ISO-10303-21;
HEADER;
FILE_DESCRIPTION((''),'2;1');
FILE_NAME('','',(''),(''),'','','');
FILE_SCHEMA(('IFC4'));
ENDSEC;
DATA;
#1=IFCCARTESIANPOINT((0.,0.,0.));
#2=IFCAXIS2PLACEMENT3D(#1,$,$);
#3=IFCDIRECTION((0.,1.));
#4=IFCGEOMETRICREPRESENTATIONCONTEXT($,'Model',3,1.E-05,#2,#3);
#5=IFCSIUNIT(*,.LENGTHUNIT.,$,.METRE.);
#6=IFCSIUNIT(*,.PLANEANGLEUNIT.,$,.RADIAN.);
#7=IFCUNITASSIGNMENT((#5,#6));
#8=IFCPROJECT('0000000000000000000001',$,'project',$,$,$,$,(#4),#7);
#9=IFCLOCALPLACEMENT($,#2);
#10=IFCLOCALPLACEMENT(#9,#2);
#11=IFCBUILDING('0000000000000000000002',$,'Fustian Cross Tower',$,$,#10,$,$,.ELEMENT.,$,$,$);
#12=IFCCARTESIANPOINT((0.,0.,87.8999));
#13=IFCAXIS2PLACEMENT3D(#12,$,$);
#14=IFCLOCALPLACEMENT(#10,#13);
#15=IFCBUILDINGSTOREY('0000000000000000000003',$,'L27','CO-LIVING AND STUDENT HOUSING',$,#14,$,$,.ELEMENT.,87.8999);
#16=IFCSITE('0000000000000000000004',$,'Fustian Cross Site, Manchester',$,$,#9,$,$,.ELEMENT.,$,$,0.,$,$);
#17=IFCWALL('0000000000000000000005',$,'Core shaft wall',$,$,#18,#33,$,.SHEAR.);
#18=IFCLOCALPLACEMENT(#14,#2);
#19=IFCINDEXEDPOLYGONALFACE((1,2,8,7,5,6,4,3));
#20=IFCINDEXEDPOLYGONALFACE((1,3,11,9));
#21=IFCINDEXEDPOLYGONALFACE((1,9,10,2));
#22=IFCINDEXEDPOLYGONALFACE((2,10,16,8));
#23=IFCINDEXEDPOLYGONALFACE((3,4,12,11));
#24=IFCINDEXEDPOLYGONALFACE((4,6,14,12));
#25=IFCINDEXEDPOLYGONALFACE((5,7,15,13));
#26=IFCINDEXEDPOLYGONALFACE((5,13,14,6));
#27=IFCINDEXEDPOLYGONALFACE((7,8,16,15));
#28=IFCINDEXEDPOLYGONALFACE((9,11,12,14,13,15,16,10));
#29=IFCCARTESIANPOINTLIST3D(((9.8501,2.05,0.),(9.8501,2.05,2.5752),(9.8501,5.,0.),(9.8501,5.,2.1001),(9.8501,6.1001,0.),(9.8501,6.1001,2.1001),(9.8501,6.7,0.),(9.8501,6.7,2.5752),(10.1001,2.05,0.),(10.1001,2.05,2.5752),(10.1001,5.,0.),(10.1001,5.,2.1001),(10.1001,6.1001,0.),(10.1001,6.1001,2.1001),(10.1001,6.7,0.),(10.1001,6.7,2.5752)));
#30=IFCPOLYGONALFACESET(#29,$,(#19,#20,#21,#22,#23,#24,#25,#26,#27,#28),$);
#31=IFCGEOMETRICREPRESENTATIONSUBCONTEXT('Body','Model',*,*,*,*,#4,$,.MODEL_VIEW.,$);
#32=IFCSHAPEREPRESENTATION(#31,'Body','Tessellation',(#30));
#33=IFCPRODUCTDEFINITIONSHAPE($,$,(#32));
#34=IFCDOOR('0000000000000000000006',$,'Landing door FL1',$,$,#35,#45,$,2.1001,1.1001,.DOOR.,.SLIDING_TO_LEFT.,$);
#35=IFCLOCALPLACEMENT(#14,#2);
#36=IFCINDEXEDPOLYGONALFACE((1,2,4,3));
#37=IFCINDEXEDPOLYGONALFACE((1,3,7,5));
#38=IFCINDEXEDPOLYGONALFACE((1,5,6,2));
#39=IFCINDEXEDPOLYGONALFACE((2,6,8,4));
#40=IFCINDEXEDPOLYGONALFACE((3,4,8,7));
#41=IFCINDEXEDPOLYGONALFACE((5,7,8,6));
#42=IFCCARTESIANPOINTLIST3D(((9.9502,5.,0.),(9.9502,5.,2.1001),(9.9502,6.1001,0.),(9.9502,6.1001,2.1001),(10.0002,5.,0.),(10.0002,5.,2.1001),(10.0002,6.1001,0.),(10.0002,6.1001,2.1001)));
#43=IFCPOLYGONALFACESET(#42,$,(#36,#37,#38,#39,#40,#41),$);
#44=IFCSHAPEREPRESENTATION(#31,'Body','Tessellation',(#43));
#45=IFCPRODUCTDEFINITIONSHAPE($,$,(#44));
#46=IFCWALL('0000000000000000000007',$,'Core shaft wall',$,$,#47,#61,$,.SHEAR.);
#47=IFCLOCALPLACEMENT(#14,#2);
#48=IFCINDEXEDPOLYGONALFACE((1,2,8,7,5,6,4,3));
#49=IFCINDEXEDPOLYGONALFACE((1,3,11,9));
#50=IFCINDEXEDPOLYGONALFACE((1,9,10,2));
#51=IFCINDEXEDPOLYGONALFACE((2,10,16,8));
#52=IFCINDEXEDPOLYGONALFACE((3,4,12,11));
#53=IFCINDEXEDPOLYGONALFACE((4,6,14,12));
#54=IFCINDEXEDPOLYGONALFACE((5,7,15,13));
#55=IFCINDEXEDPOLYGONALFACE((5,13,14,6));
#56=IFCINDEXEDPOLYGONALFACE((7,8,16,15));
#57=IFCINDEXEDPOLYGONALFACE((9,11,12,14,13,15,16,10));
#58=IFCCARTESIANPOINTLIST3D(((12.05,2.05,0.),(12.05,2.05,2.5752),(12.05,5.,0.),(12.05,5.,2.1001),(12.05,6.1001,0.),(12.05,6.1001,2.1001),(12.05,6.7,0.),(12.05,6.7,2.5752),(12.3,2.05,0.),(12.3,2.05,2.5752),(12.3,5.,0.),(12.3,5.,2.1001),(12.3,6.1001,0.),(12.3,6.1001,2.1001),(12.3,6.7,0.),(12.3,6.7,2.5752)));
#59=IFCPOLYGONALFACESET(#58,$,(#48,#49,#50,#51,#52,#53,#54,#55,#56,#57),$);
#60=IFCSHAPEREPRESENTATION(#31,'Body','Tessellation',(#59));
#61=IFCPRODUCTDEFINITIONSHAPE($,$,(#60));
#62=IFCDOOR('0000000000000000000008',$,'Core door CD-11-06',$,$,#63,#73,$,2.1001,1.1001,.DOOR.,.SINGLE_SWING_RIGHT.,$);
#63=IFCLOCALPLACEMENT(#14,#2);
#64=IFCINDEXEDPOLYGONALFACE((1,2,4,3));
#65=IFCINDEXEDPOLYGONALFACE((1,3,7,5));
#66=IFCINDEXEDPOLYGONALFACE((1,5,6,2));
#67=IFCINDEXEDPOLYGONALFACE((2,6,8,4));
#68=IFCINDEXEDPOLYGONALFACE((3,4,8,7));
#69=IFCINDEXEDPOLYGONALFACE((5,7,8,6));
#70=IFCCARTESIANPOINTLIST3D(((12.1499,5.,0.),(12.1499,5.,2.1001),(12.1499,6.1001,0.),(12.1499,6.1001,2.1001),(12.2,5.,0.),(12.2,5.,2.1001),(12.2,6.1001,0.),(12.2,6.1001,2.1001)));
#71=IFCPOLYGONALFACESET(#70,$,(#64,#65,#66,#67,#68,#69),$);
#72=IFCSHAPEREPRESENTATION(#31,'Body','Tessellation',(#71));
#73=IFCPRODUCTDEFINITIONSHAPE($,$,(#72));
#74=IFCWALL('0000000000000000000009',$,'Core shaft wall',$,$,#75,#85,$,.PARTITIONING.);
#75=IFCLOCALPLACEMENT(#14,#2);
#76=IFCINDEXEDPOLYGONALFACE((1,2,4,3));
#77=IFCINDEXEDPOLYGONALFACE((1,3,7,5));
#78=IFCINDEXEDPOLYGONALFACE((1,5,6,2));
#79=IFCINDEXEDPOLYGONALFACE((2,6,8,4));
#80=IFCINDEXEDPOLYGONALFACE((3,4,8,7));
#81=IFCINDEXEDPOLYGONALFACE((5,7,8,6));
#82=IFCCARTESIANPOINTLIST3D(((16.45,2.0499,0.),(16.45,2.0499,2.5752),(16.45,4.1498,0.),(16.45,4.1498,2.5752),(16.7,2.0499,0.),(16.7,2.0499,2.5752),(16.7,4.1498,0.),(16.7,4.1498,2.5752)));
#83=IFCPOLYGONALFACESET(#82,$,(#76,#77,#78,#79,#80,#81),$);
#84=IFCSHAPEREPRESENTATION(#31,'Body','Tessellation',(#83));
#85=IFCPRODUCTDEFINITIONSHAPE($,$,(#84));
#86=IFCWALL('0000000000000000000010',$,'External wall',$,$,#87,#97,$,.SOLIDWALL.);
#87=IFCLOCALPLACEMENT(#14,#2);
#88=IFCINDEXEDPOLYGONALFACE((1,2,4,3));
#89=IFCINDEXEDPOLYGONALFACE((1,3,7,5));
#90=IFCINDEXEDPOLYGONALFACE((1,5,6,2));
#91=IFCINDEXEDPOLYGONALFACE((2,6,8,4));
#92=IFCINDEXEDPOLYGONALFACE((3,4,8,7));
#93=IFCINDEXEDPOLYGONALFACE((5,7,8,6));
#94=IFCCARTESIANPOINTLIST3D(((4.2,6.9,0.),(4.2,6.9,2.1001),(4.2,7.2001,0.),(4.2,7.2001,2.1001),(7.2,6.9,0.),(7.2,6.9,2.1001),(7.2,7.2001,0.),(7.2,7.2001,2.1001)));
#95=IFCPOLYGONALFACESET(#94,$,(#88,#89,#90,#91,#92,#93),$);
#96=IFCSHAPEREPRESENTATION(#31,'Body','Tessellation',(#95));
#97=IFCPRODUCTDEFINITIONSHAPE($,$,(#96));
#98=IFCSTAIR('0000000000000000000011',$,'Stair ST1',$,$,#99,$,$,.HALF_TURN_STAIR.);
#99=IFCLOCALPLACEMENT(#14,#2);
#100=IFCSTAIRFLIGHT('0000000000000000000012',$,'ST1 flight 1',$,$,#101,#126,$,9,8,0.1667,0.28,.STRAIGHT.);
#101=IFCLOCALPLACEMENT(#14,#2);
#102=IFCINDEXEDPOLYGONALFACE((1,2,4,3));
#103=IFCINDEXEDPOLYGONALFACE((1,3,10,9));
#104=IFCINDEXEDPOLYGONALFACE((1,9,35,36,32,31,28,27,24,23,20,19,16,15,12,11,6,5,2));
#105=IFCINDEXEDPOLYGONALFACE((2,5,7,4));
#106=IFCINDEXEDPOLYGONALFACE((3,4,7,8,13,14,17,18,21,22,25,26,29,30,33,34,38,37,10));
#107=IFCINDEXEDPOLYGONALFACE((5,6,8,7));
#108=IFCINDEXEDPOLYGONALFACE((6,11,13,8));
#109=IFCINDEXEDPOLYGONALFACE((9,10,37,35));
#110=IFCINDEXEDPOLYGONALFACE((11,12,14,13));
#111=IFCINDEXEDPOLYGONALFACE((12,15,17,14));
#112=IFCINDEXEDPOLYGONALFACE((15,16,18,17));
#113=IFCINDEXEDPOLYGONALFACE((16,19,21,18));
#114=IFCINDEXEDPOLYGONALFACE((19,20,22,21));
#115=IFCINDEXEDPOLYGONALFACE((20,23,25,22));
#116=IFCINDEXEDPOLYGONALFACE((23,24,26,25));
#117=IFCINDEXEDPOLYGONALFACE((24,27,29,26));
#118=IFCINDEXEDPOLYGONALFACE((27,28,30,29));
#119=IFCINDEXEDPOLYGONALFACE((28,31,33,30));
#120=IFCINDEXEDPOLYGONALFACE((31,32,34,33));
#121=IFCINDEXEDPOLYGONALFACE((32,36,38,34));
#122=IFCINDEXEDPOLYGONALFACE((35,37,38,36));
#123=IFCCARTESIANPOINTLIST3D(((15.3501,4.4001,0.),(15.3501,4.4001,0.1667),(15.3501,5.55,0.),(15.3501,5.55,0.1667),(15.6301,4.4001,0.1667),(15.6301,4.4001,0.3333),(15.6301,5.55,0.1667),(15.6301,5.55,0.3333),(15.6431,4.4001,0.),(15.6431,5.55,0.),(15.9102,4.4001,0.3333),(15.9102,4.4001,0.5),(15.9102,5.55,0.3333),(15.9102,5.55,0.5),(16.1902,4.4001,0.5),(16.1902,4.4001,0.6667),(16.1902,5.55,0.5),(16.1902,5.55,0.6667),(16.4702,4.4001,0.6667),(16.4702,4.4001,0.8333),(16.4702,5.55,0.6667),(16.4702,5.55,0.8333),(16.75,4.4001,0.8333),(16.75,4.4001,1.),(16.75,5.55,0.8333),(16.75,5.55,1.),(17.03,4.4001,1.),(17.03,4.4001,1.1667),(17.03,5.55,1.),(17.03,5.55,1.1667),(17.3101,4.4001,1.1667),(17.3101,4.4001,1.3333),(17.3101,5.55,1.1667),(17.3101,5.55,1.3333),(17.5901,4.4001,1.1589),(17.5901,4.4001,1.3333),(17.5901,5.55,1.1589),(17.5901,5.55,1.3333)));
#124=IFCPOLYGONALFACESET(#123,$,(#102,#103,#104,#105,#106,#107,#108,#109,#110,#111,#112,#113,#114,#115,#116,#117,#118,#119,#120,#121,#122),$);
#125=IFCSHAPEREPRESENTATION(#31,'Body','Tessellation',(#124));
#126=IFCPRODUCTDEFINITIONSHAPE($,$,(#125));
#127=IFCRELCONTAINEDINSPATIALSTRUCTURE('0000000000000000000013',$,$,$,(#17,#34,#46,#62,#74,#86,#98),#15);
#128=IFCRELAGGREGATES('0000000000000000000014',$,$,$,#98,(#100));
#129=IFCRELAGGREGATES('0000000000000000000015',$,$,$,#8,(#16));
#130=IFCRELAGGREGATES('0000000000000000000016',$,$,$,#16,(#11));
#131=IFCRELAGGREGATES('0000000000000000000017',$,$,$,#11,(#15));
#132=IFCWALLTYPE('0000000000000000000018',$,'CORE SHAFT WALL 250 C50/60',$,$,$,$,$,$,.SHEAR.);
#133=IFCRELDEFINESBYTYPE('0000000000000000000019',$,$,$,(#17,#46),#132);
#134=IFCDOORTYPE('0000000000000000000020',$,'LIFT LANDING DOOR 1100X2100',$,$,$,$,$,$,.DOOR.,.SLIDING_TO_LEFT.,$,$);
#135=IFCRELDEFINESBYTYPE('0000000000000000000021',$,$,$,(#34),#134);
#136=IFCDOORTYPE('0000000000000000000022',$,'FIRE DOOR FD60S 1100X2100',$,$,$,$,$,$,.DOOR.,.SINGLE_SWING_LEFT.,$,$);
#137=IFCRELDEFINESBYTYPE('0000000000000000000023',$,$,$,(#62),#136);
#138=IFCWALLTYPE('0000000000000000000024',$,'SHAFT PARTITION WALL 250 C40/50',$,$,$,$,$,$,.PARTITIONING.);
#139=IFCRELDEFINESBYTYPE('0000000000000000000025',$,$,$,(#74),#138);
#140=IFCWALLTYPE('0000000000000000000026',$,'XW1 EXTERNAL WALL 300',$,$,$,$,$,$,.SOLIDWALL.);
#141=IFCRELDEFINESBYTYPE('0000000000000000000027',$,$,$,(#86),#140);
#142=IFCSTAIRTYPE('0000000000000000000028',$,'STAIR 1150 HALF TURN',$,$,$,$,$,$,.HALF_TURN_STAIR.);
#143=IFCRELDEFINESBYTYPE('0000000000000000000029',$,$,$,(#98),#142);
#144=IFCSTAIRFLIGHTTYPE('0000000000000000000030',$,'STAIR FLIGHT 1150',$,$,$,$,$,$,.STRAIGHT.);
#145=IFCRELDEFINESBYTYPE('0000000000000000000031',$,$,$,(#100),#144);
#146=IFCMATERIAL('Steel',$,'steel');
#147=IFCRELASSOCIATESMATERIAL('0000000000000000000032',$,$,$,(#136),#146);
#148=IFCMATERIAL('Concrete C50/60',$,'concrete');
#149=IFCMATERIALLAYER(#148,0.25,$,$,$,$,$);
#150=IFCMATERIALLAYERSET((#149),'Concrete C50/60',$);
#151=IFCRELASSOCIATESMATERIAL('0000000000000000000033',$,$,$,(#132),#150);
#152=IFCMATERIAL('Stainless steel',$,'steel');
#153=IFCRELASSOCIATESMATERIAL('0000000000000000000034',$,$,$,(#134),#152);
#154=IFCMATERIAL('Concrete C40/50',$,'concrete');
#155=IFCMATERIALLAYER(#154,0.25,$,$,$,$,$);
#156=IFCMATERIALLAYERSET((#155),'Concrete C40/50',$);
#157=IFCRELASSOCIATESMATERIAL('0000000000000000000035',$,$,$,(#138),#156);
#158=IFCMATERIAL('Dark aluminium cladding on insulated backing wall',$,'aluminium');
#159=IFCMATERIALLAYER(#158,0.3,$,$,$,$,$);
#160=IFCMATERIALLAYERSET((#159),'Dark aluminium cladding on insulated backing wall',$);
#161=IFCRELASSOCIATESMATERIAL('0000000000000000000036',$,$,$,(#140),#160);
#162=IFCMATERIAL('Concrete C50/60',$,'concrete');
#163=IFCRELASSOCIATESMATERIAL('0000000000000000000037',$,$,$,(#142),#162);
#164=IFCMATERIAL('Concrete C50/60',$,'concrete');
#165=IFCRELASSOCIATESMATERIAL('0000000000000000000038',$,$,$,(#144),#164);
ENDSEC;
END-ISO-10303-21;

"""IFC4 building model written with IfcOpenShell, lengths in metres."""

from ifc_helpers import new_model, si_unit, direction, frame, frame_2d, origin, place, context, subcontext, project, spatial, polyline, rectangle, outline, extrude, material, layer, layer_set, type_object, element, fill, aggregate, save


model = new_model("IFC4")

# Units and contexts
model_context = context("Model", 3, precision=1e-05, world=origin(), true_north=direction((0.0, 1.0)))
body_context = subcontext(model_context, "Body", "Model", "MODEL_VIEW")
ifc_project = project(units=[si_unit("LENGTHUNIT", "METRE"), si_unit("PLANEANGLEUNIT", "RADIAN")], contexts=[model_context])

# Site, building, storey
site_placement = place(None, origin())
site = spatial("IfcSite", under=ifc_project, at=site_placement, Name="Fustian Cross Site, Manchester", CompositionType="ELEMENT", RefElevation=0.0)
building_placement = place(site_placement, origin())
building = spatial("IfcBuilding", under=site, at=building_placement, Name="Fustian Cross Tower", CompositionType="ELEMENT")
storey_placement = place(building_placement, frame((0.0, 0.0, 87.8999)))
storey = spatial("IfcBuildingStorey", under=building, at=storey_placement, Name="L27", Description="CO-LIVING AND STUDENT HOUSING", CompositionType="ELEMENT", Elevation=87.8999)

# Shared definitions
ifc_material_1 = material(Name="Steel", Category="steel")
door_type_1 = type_object("IfcDoorType", Name="FIRE DOOR FD60S 1100X2100", OperationType="SINGLE_SWING_LEFT", PredefinedType="DOOR", material=ifc_material_1)

# Shared definitions
ifc_material_2 = material(Name="Concrete C50/60", Category="concrete")
ifc_layer_1 = layer(ifc_material_2, 0.25)
ifc_layer_set_1 = layer_set([ifc_layer_1], Name="Concrete C50/60")
wall_type_1 = type_object("IfcWallType", Name="CORE SHAFT WALL 250 C50/60", PredefinedType="SHEAR", material=ifc_layer_set_1)

# Walls, openings, doors
wall_1_placement = place(storey_placement, frame((9.9751, 2.05, 0.0), z_axis=(0.0, 0.0, 1.0), x_axis=(0.0, 1.0, 0.0)))
wall_1 = element("IfcWall", 1, at=wall_1_placement, inside=storey, type_object=wall_type_1, Name="Core shaft wall", PredefinedType="SHEAR", context=body_context, shape_type="SweptSolid", body=[
    extrude(rectangle(XDim=4.6499, YDim=0.25, at=frame_2d((2.325, 0.0))), origin(), (0.0, 0.0, 1.0), 2.5752),
])
opening_1_placement = place(wall_1_placement, frame((2.95, 0.0, 0.0)))
opening_1 = element("IfcOpeningElement", 2, at=opening_1_placement, cuts=wall_1, PredefinedType="OPENING", context=body_context, shape_type="SweptSolid", body=[
    extrude(rectangle(XDim=1.1001, YDim=2.1001, at=frame_2d((0.55, 1.05))), frame((0.0, 0.135, 0.0), z_axis=(0.0, -1.0, 0.0), x_axis=(1.0, 0.0, 0.0)), (0.0, 0.0, 1.0), 0.27),
])
ifc_material_3 = material(Name="Stainless steel", Category="steel")
door_type_2 = type_object("IfcDoorType", Name="LIFT LANDING DOOR 1100X2100", OperationType="SLIDING_TO_LEFT", PredefinedType="DOOR", material=ifc_material_3)
door_1_placement = place(opening_1_placement, origin())
door_1 = element("IfcDoor", 3, at=door_1_placement, inside=storey, type_object=door_type_2, Name="Landing door FL1", OperationType="SLIDING_TO_LEFT", OverallHeight=2.1001, OverallWidth=1.1001, PredefinedType="DOOR", context=body_context, shape_type="SweptSolid", body=[
    extrude(rectangle(XDim=1.1001, YDim=2.1001, at=frame_2d((0.55, 1.05))), frame((0.0, 0.0249, 0.0), z_axis=(0.0, -1.0, 0.0), x_axis=(1.0, 0.0, 0.0)), (0.0, 0.0, 1.0), 0.05),
])
fill(opening_1, door_1)
wall_2_placement = place(storey_placement, frame((12.175, 2.05, 0.0), z_axis=(0.0, 0.0, 1.0), x_axis=(0.0, 1.0, 0.0)))
wall_2 = element("IfcWall", 4, at=wall_2_placement, inside=storey, type_object=wall_type_1, Name="Core shaft wall", PredefinedType="SHEAR", context=body_context, shape_type="SweptSolid", body=[
    extrude(rectangle(XDim=4.6499, YDim=0.25, at=frame_2d((2.325, 0.0))), origin(), (0.0, 0.0, 1.0), 2.5752),
])
opening_2_placement = place(wall_2_placement, frame((2.95, 0.0, 0.0)))
opening_2 = element("IfcOpeningElement", 5, at=opening_2_placement, cuts=wall_2, PredefinedType="OPENING", context=body_context, shape_type="SweptSolid", body=[
    extrude(rectangle(XDim=1.1001, YDim=2.1001, at=frame_2d((0.55, 1.05))), frame((0.0, 0.135, 0.0), z_axis=(0.0, -1.0, 0.0), x_axis=(1.0, 0.0, 0.0)), (0.0, 0.0, 1.0), 0.27),
])
door_2_placement = place(opening_2_placement, frame((1.1001, 0.0, 0.0), z_axis=(0.0, 0.0, 1.0), x_axis=(-1.0, 0.0, 0.0)))
door_2 = element("IfcDoor", 6, at=door_2_placement, inside=storey, type_object=door_type_1, Name="Core door CD-11-06", OperationType="SINGLE_SWING_RIGHT", OverallHeight=2.1001, OverallWidth=1.1001, PredefinedType="DOOR", context=body_context, shape_type="SweptSolid", body=[
    extrude(rectangle(XDim=1.1001, YDim=2.1001, at=frame_2d((0.55, 1.05))), frame((0.0, 0.0249, 0.0), z_axis=(0.0, -1.0, 0.0), x_axis=(1.0, 0.0, 0.0)), (0.0, 0.0, 1.0), 0.05),
])
fill(opening_2, door_2)

# Walls
ifc_material_4 = material(Name="Concrete C40/50", Category="concrete")
ifc_layer_2 = layer(ifc_material_4, 0.25)
ifc_layer_set_2 = layer_set([ifc_layer_2], Name="Concrete C40/50")
wall_type_2 = type_object("IfcWallType", Name="SHAFT PARTITION WALL 250 C40/50", PredefinedType="PARTITIONING", material=ifc_layer_set_2)
wall_3_placement = place(storey_placement, frame((16.575, 2.05, 0.0), z_axis=(0.0, 0.0, 1.0), x_axis=(0.0, 1.0, 0.0)))
element("IfcWall", 7, at=wall_3_placement, inside=storey, type_object=wall_type_2, Name="Core shaft wall", PredefinedType="PARTITIONING", context=body_context, shape_type="SweptSolid", body=[
    extrude(rectangle(XDim=2.0999, YDim=0.25, at=frame_2d((1.0498, 0.0))), origin(), (0.0, 0.0, 1.0), 2.5752),
])
ifc_material_5 = material(Name="Dark aluminium cladding on insulated backing wall", Category="aluminium")
ifc_layer_3 = layer(ifc_material_5, 0.3)
ifc_layer_set_3 = layer_set([ifc_layer_3], Name="Dark aluminium cladding on insulated backing wall")
wall_type_3 = type_object("IfcWallType", Name="XW1 EXTERNAL WALL 300", PredefinedType="SOLIDWALL", material=ifc_layer_set_3)
wall_4_placement = place(storey_placement, frame((7.2, 7.05, 0.0), z_axis=(0.0, 0.0, 1.0), x_axis=(-1.0, 0.0, 0.0)))
element("IfcWall", 8, at=wall_4_placement, inside=storey, type_object=wall_type_3, Name="External wall", PredefinedType="SOLIDWALL", context=body_context, shape_type="SweptSolid", body=[
    extrude(rectangle(XDim=3.0, YDim=0.3, at=frame_2d((1.5, 0.0))), origin(), (0.0, 0.0, 1.0), 2.1001),
])

# Stair, stair flight
ifc_material_6 = material(Name="Concrete C50/60", Category="concrete")
stair_type = type_object("IfcStairType", Name="STAIR 1150 HALF TURN", PredefinedType="HALF_TURN_STAIR", material=ifc_material_6)
stair_placement = place(storey_placement, origin())
stair = element("IfcStair", 9, at=stair_placement, inside=storey, type_object=stair_type, Name="Stair ST1", PredefinedType="HALF_TURN_STAIR")
ifc_material_7 = material(Name="Concrete C50/60", Category="concrete")
stair_flight_type = type_object("IfcStairFlightType", Name="STAIR FLIGHT 1150", PredefinedType="STRAIGHT", material=ifc_material_7)
stair_flight_placement = place(storey_placement, frame((15.3501, 4.9751, 0.0), z_axis=(0.0, 0.0, 1.0), x_axis=(1.0, 0.0, 0.0)))
stair_flight = element("IfcStairFlight", 10, at=stair_flight_placement, type_object=stair_flight_type, Name="ST1 flight 1", NumberOfRisers=9, NumberOfTreads=8, PredefinedType="STRAIGHT", RiserHeight=0.1667, TreadLength=0.28, context=body_context, shape_type="SweptSolid", body=[
    extrude(outline(polyline([(0.0, 0.0), (0.0, 0.1667), (0.28, 0.1667), (0.28, 0.3333), (0.5601, 0.3333), (0.5601, 0.5), (0.8401, 0.5), (0.8401, 0.6667), (1.1201, 0.6667), (1.1201, 0.8333), (1.3999, 0.8333), (1.3999, 1.0), (1.6799, 1.0), (1.6799, 1.1667), (1.96, 1.1667), (1.96, 1.3333), (2.24, 1.3333), (2.24, 1.5), (2.24, 1.1589), (0.293, 0.0), (0.0, 0.0)])), frame((0.0, 0.575, 0.0), z_axis=(0.0, -1.0, 0.0), x_axis=(1.0, 0.0, 0.0)), (0.0, 0.0, 1.0), 1.1499),
])
aggregate(stair, [stair_flight])

save(model, "model.ifc")
